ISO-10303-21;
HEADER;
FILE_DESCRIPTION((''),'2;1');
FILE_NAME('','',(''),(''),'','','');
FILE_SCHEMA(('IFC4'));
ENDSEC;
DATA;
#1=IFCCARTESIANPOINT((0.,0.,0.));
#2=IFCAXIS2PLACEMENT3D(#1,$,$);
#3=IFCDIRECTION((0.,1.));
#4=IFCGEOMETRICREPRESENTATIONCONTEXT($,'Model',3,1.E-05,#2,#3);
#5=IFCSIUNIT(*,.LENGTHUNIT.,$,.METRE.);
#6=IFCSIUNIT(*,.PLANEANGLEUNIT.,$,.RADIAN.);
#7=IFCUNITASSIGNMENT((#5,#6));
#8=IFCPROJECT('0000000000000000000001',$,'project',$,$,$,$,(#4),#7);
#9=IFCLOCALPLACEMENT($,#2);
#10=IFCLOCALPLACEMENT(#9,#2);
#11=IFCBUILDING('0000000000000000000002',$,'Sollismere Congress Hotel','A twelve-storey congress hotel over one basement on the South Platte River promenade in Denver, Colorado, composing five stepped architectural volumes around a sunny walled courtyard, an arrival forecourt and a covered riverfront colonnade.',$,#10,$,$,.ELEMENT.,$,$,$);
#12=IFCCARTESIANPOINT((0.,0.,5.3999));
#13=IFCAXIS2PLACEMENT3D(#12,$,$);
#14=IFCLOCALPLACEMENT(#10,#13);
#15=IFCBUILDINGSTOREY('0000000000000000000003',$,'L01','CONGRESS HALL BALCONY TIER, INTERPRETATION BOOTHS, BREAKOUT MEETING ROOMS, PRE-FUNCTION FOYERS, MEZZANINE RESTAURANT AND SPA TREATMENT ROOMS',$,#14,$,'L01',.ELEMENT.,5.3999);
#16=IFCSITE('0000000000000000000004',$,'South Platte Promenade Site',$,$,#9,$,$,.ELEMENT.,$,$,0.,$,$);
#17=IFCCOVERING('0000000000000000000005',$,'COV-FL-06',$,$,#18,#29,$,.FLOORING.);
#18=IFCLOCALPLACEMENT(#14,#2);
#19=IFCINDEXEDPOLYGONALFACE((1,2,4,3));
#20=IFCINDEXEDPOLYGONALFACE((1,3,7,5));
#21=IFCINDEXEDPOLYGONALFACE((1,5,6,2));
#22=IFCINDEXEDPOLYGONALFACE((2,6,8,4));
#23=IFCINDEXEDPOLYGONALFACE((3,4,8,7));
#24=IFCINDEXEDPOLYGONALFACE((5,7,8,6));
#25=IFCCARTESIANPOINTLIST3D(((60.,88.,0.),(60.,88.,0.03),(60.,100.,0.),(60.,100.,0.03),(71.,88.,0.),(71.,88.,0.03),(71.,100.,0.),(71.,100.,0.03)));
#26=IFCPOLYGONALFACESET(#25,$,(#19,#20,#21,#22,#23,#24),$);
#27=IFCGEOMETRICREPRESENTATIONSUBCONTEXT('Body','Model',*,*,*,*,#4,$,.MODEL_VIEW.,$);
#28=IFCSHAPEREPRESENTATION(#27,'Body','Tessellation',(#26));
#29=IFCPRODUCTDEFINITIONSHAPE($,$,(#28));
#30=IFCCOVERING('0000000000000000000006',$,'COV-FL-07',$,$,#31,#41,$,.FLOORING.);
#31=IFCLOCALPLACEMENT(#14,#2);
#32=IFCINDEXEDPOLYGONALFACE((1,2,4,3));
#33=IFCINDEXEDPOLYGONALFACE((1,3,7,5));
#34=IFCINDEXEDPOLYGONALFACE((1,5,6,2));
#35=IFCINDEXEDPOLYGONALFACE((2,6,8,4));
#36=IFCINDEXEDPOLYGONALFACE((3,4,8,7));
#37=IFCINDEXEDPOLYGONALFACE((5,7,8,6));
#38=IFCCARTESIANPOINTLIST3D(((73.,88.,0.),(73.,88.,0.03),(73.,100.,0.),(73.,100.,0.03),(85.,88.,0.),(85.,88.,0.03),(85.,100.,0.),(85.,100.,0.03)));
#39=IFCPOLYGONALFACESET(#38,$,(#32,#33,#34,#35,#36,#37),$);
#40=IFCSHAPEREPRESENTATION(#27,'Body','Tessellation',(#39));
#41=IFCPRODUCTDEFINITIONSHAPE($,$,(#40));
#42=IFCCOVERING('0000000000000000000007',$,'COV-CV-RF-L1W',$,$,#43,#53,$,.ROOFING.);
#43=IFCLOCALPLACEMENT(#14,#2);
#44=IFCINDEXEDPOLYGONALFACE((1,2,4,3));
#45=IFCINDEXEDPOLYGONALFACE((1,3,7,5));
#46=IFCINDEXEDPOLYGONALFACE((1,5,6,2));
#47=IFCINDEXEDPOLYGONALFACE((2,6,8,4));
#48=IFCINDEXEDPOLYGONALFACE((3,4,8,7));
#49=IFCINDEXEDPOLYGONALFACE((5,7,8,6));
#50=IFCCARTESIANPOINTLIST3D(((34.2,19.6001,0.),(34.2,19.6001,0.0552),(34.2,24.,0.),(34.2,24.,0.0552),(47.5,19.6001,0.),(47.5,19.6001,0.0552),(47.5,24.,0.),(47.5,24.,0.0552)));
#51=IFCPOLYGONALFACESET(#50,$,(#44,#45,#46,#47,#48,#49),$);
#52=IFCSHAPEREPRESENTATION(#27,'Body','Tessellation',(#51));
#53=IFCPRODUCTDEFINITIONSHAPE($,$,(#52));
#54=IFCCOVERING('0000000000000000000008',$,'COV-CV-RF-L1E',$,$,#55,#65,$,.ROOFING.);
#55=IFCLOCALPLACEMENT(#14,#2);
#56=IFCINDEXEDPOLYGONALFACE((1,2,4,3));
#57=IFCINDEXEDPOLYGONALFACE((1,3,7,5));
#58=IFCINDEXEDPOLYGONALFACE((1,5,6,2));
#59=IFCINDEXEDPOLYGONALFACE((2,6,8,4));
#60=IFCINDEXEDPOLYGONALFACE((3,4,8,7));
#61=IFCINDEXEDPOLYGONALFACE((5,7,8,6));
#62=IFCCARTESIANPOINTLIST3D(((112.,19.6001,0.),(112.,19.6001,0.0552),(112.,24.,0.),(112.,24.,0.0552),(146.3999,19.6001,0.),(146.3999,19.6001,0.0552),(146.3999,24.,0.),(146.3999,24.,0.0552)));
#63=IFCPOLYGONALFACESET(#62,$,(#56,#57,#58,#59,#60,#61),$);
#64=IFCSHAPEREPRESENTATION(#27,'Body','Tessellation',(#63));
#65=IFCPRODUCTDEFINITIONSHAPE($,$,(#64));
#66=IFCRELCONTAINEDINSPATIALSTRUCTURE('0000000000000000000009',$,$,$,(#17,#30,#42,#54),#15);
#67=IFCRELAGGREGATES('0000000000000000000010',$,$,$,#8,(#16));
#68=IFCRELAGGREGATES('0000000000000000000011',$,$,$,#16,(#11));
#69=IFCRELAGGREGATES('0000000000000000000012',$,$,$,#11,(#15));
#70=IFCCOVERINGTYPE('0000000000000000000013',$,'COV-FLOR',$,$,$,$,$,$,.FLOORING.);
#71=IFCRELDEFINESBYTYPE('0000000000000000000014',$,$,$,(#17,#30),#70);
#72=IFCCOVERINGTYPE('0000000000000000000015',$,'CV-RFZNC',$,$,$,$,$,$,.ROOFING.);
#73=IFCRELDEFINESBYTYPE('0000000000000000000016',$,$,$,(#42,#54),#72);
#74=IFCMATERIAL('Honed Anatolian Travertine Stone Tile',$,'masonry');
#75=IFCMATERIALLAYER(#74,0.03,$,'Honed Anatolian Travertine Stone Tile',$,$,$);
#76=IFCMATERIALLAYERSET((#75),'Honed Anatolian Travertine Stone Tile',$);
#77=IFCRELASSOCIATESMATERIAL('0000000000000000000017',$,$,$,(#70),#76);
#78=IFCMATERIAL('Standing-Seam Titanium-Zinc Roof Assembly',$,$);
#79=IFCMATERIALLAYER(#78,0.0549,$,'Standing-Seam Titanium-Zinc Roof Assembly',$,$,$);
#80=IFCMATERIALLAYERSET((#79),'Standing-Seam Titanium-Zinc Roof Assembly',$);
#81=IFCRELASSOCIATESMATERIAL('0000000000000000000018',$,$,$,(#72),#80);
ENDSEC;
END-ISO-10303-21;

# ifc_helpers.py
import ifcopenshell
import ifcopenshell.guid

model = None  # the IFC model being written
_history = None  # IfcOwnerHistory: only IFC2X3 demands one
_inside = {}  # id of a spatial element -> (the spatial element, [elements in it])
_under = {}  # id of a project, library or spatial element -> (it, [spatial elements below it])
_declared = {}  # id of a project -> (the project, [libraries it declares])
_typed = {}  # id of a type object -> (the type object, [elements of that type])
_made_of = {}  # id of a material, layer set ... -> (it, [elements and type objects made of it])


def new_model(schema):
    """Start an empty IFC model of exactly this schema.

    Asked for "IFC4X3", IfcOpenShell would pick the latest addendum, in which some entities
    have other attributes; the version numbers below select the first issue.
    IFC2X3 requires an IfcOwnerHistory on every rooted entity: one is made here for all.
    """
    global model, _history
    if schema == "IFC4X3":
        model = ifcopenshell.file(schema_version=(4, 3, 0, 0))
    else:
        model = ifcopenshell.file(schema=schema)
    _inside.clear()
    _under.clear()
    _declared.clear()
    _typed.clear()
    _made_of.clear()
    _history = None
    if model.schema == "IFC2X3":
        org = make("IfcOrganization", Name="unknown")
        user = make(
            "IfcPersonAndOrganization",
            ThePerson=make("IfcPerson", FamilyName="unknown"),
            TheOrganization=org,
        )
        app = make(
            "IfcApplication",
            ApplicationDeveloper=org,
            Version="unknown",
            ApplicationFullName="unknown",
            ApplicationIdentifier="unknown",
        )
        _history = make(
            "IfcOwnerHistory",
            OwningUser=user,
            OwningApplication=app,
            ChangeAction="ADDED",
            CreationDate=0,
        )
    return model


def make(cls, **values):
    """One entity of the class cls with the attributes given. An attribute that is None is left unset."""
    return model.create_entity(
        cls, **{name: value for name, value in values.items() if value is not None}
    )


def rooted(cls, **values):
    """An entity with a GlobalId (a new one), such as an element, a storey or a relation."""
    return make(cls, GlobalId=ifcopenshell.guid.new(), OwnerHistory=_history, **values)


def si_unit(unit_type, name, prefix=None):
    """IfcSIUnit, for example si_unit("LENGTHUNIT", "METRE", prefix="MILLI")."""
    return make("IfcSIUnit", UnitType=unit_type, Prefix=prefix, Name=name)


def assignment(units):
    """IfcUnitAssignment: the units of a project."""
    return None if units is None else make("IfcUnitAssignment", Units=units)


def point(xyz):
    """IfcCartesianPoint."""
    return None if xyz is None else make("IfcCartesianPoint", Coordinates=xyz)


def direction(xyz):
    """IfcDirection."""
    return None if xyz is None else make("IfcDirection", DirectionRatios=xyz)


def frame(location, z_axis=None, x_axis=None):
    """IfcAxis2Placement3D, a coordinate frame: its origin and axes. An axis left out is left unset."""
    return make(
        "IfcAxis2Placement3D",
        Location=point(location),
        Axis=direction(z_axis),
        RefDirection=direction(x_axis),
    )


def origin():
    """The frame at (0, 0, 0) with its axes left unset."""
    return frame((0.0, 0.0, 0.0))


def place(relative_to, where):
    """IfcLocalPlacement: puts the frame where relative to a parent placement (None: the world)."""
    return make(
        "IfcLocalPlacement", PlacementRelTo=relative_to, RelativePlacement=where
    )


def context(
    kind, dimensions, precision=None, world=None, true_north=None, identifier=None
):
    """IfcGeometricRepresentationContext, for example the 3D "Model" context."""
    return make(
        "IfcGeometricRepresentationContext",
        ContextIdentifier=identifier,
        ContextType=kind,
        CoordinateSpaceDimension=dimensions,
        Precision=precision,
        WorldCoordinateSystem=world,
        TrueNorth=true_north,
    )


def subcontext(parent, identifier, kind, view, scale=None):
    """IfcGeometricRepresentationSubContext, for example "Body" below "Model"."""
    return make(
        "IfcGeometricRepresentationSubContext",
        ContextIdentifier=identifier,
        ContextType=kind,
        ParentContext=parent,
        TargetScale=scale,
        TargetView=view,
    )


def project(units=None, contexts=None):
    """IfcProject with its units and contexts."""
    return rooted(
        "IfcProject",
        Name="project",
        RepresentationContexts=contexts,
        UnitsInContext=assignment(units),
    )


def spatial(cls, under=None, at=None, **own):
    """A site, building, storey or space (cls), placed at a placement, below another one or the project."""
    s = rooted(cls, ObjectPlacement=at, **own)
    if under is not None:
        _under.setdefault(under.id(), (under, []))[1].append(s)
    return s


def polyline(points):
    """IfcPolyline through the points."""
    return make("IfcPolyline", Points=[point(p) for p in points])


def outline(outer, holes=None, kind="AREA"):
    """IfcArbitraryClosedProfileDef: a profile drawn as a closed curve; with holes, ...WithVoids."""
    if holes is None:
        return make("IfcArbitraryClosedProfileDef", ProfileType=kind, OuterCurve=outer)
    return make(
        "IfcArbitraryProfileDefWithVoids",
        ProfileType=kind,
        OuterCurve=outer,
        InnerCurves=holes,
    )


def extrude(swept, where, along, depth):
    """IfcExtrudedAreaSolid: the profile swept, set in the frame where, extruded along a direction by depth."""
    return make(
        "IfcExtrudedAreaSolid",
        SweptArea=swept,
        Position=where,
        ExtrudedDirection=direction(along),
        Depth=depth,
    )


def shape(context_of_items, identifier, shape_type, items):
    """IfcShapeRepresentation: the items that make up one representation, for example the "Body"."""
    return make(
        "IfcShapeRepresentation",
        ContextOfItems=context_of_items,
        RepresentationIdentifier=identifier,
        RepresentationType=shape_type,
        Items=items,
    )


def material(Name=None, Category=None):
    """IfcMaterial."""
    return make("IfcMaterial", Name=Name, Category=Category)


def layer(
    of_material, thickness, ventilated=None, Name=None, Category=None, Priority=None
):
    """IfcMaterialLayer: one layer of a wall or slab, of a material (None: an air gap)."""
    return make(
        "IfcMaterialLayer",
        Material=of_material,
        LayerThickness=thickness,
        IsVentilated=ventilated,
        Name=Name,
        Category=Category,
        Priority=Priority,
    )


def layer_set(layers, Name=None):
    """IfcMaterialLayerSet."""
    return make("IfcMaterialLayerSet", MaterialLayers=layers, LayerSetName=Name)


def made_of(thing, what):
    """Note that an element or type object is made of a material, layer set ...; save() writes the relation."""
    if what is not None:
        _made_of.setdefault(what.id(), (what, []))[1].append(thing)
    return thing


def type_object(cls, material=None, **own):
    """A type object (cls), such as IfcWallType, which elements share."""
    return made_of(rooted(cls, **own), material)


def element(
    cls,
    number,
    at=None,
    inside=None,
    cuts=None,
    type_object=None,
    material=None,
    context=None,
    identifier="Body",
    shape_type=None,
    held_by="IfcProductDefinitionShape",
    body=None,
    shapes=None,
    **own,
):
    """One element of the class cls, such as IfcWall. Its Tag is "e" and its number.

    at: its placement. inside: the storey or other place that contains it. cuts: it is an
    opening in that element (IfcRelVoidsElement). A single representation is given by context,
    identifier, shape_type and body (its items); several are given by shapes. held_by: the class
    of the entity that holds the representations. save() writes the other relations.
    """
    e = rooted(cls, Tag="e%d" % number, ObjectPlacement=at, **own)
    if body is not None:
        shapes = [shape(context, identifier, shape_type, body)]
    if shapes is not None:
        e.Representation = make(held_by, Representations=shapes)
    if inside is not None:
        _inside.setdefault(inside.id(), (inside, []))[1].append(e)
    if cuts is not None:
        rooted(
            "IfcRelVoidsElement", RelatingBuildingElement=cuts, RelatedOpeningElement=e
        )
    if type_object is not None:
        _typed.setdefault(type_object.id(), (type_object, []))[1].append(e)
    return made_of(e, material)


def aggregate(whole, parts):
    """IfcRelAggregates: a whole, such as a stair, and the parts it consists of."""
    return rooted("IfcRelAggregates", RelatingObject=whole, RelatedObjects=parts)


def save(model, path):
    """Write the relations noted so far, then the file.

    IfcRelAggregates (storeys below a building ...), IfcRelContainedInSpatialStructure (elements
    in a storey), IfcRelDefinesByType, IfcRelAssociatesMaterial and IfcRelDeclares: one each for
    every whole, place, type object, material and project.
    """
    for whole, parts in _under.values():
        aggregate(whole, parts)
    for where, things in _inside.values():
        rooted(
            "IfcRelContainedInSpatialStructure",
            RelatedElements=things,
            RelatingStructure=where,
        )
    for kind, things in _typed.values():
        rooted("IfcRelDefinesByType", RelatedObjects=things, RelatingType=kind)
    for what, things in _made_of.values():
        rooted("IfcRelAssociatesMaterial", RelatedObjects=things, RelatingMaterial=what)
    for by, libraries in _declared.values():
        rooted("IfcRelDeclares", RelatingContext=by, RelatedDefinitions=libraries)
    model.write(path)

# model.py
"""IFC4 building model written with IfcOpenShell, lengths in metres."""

from ifc_helpers import new_model, si_unit, direction, frame, origin, place, context, subcontext, project, spatial, polyline, outline, extrude, material, layer, layer_set, type_object, element, save


model = new_model("IFC4")

# Units and contexts
model_context = context("Model", 3, precision=1e-05, world=origin(), true_north=direction((0.0, 1.0)))
body_context = subcontext(model_context, "Body", "Model", "MODEL_VIEW")
ifc_project = project(units=[si_unit("LENGTHUNIT", "METRE"), si_unit("PLANEANGLEUNIT", "RADIAN")], contexts=[model_context])

# Site, building, storey
site_placement = place(None, origin())
site = spatial("IfcSite", under=ifc_project, at=site_placement, Name="South Platte Promenade Site", CompositionType="ELEMENT", RefElevation=0.0)
building_placement = place(site_placement, origin())
building = spatial("IfcBuilding", under=site, at=building_placement, Name="Sollismere Congress Hotel", Description="A twelve-storey congress hotel over one basement on the South Platte River promenade in Denver, Colorado, composing five stepped architectural volumes around a sunny walled courtyard, an arrival forecourt and a covered riverfront colonnade.", CompositionType="ELEMENT")
storey_placement = place(building_placement, frame((0.0, 0.0, 5.3999)))
storey = spatial("IfcBuildingStorey", under=building, at=storey_placement, Name="L01", Description="CONGRESS HALL BALCONY TIER, INTERPRETATION BOOTHS, BREAKOUT MEETING ROOMS, PRE-FUNCTION FOYERS, MEZZANINE RESTAURANT AND SPA TREATMENT ROOMS", LongName="L01", CompositionType="ELEMENT", Elevation=5.3999)

# Coverings
ifc_material_1 = material(Name="Honed Anatolian Travertine Stone Tile", Category="masonry")
ifc_layer_1 = layer(ifc_material_1, 0.03, Name="Honed Anatolian Travertine Stone Tile")
ifc_layer_set_1 = layer_set([ifc_layer_1], Name="Honed Anatolian Travertine Stone Tile")
covering_type_1 = type_object("IfcCoveringType", Name="COV-FLOR", PredefinedType="FLOORING", material=ifc_layer_set_1)
covering_1_placement = place(storey_placement, origin())
element("IfcCovering", 1, at=covering_1_placement, inside=storey, type_object=covering_type_1, Name="COV-FL-06", PredefinedType="FLOORING", context=body_context, shape_type="SweptSolid", body=[
    extrude(outline(polyline([(60.0, 88.0), (71.0, 88.0), (71.0, 100.0), (60.0, 100.0), (60.0, 88.0)])), origin(), (0.0, 0.0, 1.0), 0.03),
])
covering_2_placement = place(storey_placement, origin())
element("IfcCovering", 2, at=covering_2_placement, inside=storey, type_object=covering_type_1, Name="COV-FL-07", PredefinedType="FLOORING", context=body_context, shape_type="SweptSolid", body=[
    extrude(outline(polyline([(73.0, 88.0), (85.0, 88.0), (85.0, 100.0), (73.0, 100.0), (73.0, 88.0)])), origin(), (0.0, 0.0, 1.0), 0.03),
])
ifc_material_2 = material(Name="Standing-Seam Titanium-Zinc Roof Assembly")
ifc_layer_2 = layer(ifc_material_2, 0.0549, Name="Standing-Seam Titanium-Zinc Roof Assembly")
ifc_layer_set_2 = layer_set([ifc_layer_2], Name="Standing-Seam Titanium-Zinc Roof Assembly")
covering_type_2 = type_object("IfcCoveringType", Name="CV-RFZNC", PredefinedType="ROOFING", material=ifc_layer_set_2)
covering_3_placement = place(storey_placement, origin())
element("IfcCovering", 3, at=covering_3_placement, inside=storey, type_object=covering_type_2, Name="COV-CV-RF-L1W", PredefinedType="ROOFING", context=body_context, shape_type="SweptSolid", body=[
    extrude(outline(polyline([(34.2, 19.6001), (47.5, 19.6001), (47.5, 24.0), (34.2, 24.0), (34.2, 19.6001)])), origin(), (0.0, 0.0, 1.0), 0.0552),
])
covering_4_placement = place(storey_placement, origin())
element("IfcCovering", 4, at=covering_4_placement, inside=storey, type_object=covering_type_2, Name="COV-CV-RF-L1E", PredefinedType="ROOFING", context=body_context, shape_type="SweptSolid", body=[
    extrude(outline(polyline([(112.0, 19.6001), (146.3999, 19.6001), (146.3999, 24.0), (112.0, 24.0), (112.0, 19.6001)])), origin(), (0.0, 0.0, 1.0), 0.0552),
])

save(model, "model.ifc")
